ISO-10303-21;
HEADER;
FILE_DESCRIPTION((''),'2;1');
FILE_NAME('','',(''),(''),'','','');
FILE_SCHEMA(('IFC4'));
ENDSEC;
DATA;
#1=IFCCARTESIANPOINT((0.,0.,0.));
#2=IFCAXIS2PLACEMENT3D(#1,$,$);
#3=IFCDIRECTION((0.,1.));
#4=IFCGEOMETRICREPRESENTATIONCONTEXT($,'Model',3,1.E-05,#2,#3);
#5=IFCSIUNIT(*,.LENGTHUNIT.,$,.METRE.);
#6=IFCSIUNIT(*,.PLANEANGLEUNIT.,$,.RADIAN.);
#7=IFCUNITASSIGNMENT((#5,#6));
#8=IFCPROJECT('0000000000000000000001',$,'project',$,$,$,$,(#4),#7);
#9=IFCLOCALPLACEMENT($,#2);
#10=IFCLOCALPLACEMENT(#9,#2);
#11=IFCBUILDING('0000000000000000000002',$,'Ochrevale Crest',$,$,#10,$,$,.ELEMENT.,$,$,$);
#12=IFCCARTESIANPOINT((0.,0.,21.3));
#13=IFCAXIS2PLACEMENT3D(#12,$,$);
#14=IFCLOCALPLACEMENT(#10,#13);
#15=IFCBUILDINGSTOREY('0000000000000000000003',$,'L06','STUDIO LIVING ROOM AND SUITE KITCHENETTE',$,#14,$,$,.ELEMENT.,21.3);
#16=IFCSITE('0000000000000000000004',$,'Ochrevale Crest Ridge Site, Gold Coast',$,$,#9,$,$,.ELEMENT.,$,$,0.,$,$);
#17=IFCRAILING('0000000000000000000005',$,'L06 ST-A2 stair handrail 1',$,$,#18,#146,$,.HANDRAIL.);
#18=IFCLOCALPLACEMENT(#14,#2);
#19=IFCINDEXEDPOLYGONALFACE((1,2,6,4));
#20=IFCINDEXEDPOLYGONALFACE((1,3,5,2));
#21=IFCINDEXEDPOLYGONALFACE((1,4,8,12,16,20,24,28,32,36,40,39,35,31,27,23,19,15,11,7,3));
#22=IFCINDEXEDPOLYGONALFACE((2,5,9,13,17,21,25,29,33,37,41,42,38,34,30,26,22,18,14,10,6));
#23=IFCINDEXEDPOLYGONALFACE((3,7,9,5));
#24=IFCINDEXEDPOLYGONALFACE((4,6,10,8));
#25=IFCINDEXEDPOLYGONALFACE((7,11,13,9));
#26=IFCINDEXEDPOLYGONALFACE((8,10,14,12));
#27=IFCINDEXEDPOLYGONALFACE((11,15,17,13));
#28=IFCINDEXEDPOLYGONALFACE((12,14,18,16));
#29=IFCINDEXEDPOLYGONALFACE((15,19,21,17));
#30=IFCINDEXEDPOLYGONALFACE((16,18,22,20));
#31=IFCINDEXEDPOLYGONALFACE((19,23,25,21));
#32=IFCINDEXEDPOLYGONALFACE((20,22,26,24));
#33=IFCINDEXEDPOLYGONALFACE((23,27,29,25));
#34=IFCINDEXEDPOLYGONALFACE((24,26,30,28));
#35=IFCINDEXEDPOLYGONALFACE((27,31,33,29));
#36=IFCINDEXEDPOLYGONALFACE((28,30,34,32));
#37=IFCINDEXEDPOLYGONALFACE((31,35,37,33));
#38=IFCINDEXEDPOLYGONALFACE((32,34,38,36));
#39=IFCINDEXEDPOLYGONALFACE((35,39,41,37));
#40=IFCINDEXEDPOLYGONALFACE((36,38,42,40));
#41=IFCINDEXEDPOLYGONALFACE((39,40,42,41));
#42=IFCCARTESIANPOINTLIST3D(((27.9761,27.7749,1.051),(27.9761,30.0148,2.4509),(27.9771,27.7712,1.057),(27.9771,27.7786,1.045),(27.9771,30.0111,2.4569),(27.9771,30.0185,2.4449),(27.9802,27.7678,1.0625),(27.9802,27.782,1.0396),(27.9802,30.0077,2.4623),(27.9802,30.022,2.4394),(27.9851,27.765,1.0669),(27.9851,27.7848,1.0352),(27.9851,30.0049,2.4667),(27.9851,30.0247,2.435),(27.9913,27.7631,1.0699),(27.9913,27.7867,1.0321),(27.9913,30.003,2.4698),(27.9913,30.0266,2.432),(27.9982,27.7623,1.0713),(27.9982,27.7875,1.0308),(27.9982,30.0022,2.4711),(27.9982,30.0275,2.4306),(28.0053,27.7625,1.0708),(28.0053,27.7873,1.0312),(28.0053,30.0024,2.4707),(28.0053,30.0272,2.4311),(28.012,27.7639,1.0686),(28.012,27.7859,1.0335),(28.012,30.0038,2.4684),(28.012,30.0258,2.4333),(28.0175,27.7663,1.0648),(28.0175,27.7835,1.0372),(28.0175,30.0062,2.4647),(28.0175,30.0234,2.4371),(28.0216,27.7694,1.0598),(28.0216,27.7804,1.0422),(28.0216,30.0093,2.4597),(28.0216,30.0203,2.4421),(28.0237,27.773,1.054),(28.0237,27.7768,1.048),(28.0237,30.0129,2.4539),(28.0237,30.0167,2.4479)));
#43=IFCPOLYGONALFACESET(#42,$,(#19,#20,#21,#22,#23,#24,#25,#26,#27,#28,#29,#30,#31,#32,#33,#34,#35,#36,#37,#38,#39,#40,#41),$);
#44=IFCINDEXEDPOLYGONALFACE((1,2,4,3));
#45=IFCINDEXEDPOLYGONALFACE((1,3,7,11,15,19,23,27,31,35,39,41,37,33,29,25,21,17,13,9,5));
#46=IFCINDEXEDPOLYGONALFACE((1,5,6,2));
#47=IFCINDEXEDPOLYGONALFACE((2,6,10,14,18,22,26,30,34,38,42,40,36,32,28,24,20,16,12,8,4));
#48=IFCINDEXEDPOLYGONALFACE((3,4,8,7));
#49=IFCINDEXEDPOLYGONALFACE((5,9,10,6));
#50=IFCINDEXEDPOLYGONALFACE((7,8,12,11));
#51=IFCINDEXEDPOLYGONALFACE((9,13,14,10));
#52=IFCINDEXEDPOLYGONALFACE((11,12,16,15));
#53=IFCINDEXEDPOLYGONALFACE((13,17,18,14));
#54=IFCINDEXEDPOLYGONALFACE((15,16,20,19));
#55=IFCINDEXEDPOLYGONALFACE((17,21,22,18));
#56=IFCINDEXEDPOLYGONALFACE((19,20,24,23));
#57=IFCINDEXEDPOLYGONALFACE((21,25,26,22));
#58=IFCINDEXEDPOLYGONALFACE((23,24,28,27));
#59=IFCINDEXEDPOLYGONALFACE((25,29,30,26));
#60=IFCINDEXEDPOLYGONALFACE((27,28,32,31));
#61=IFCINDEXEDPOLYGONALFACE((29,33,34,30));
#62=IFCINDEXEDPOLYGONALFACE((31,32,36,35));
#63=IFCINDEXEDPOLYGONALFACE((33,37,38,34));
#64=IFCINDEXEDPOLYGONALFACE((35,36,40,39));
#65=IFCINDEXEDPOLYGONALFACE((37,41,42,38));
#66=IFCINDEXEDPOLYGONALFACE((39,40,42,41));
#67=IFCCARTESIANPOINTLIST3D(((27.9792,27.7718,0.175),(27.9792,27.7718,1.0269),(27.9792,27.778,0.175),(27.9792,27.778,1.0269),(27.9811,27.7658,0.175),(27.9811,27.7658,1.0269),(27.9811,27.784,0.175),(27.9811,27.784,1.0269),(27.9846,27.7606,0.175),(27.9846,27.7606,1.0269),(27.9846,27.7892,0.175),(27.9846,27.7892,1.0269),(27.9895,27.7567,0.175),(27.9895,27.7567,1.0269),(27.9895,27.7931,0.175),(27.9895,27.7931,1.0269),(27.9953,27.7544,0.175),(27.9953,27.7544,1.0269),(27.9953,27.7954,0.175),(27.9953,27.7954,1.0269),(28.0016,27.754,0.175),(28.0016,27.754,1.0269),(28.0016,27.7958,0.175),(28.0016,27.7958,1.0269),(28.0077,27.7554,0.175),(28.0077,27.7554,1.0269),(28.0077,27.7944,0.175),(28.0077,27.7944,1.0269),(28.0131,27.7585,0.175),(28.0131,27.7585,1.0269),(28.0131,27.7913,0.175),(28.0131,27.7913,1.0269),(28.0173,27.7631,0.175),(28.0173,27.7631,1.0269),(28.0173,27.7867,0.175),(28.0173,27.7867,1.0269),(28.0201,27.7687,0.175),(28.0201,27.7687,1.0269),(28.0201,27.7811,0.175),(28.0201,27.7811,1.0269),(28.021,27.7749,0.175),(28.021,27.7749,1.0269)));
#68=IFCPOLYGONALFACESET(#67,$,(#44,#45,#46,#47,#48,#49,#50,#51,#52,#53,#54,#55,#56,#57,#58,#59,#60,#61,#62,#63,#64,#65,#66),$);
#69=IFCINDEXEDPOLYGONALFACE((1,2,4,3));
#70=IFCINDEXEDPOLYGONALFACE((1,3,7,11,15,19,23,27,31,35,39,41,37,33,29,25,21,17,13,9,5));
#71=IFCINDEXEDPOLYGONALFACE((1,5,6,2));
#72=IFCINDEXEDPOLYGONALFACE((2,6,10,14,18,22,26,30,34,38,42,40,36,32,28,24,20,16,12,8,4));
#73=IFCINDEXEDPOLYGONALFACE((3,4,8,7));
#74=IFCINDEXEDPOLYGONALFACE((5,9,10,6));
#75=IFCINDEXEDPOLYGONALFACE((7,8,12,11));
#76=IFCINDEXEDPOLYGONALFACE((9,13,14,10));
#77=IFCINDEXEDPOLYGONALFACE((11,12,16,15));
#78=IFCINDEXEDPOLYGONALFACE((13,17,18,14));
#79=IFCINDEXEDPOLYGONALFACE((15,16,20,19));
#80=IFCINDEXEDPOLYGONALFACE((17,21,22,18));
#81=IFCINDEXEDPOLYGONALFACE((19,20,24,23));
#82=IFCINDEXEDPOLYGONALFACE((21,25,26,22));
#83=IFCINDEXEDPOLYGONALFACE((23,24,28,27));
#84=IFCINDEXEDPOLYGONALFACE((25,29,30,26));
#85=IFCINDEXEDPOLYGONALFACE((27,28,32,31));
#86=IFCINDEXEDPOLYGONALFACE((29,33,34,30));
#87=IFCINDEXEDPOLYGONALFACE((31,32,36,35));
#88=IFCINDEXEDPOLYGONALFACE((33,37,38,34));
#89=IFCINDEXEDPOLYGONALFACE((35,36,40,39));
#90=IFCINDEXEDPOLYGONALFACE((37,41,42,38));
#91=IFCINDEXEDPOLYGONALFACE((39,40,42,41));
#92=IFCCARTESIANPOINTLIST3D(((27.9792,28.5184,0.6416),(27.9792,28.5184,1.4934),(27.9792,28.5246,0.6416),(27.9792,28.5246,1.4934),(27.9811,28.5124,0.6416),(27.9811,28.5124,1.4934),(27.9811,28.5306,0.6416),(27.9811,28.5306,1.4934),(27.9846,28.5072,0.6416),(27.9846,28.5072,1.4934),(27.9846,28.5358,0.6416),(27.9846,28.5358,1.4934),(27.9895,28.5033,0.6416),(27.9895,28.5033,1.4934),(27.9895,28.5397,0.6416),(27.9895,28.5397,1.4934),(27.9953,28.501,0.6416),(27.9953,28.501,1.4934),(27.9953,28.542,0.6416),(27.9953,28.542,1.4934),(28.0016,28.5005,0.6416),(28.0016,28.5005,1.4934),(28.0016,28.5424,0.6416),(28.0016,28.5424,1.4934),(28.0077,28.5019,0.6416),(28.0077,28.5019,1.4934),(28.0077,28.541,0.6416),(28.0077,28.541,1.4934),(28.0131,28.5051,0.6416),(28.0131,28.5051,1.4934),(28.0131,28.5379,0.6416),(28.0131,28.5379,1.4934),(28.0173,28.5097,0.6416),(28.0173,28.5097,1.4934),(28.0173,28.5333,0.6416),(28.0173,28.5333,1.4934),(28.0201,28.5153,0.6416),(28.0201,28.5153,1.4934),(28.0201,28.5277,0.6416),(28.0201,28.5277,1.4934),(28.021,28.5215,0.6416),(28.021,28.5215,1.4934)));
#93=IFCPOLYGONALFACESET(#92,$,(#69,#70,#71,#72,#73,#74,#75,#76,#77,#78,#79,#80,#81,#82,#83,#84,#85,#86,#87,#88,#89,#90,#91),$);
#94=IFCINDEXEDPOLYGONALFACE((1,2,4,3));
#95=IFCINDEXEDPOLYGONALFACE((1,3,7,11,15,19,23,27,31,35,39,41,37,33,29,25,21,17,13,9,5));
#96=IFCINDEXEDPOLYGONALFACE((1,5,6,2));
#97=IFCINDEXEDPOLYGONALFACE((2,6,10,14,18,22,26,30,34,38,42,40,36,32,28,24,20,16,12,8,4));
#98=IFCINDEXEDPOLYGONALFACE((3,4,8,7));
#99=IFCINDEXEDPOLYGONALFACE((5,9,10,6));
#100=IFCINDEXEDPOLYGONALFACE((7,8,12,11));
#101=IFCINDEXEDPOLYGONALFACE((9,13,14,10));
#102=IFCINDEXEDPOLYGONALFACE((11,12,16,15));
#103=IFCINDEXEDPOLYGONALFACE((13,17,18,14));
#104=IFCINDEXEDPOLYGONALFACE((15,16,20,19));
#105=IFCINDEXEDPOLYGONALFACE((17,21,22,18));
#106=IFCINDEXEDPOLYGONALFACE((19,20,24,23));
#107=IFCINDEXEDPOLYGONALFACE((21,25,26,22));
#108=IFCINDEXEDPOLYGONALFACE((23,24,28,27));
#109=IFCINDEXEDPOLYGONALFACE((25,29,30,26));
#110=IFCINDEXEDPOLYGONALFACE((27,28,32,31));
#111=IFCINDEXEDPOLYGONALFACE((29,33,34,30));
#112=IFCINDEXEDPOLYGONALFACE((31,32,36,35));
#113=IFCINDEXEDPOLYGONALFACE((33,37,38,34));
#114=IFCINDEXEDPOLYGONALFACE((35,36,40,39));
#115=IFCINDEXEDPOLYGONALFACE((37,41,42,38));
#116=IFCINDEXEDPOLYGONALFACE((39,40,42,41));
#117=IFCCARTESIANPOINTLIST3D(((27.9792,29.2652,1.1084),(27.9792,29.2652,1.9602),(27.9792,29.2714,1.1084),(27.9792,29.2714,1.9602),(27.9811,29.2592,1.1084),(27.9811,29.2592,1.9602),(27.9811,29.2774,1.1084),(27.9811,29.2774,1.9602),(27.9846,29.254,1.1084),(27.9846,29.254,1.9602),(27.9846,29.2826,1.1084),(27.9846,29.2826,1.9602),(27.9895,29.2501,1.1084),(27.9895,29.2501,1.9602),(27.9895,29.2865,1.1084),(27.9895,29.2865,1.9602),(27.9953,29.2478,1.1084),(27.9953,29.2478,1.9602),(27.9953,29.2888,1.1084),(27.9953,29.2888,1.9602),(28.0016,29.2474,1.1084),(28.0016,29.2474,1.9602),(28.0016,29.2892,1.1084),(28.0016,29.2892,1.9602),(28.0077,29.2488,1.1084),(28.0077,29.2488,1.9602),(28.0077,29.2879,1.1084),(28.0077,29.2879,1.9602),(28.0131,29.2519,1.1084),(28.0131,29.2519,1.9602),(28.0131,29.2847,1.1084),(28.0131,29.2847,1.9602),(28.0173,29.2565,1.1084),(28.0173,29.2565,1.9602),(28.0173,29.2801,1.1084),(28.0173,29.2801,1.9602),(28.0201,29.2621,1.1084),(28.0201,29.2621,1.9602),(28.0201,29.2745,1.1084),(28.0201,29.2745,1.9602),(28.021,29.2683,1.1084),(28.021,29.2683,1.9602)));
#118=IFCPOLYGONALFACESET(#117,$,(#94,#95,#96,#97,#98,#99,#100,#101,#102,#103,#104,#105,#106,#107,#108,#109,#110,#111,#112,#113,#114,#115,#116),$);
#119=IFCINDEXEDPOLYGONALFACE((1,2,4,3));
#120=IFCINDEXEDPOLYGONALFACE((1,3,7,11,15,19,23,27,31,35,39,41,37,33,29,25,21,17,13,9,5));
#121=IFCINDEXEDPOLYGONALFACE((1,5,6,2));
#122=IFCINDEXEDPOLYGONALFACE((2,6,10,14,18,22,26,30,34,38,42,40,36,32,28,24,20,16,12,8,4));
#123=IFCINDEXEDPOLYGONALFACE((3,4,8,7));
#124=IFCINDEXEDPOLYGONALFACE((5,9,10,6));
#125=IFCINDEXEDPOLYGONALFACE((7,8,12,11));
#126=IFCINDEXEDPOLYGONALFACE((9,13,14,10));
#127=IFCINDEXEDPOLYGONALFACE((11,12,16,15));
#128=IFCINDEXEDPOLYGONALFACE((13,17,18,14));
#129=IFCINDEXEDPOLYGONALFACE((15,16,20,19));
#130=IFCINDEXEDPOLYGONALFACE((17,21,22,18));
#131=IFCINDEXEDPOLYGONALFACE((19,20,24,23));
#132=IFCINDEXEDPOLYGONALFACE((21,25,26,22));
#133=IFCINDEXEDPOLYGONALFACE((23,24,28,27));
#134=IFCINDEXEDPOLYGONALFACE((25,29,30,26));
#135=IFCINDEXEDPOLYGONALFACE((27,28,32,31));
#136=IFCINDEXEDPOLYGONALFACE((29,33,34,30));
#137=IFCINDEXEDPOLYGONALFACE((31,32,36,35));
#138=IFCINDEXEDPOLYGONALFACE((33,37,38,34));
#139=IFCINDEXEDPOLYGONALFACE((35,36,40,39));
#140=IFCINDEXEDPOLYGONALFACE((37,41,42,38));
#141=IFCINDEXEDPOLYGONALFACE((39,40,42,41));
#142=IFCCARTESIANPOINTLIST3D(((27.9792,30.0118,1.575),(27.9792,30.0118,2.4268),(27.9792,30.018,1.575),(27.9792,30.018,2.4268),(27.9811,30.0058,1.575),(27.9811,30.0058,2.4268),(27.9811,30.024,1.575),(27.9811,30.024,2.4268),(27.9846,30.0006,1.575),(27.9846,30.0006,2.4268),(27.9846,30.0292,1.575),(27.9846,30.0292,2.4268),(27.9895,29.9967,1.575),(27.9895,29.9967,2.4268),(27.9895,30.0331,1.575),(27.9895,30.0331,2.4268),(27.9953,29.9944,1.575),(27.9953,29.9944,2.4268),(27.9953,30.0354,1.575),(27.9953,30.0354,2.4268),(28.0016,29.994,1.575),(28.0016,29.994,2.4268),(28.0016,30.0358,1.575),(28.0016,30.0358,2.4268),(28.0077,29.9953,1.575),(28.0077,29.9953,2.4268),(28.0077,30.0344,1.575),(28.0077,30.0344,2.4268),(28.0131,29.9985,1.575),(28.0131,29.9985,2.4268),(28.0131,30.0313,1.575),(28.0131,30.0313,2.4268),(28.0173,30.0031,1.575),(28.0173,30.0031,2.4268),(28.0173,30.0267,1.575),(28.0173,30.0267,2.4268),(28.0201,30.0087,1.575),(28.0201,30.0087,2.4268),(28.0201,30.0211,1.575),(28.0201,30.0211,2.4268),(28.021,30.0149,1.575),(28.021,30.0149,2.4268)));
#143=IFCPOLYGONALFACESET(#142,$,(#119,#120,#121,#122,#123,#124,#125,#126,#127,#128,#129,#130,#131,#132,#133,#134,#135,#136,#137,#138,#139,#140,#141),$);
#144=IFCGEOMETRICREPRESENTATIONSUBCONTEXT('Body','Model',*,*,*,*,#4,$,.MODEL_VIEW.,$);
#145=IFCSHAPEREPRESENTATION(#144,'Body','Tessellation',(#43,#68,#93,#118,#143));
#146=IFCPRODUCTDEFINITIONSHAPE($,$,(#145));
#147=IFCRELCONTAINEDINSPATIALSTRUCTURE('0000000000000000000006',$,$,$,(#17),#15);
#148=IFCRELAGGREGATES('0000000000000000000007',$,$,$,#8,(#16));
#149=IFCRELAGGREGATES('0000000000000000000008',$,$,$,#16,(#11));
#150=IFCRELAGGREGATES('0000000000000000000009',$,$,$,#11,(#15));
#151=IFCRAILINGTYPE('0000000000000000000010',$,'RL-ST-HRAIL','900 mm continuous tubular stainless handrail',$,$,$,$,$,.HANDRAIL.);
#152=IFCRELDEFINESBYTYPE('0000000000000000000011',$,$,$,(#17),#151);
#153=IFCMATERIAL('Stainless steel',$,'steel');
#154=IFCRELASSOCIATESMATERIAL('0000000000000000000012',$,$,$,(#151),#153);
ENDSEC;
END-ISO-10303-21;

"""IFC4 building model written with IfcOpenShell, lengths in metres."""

from ifc_helpers import new_model, si_unit, direction, frame, origin, origin_2d, place, context, subcontext, project, spatial, circle, extrude, material, type_object, element, save


model = new_model("IFC4")

# Units and contexts
model_context = context("Model", 3, precision=1e-05, world=origin(), true_north=direction((0.0, 1.0)))
body_context = subcontext(model_context, "Body", "Model", "MODEL_VIEW")
ifc_project = project(units=[si_unit("LENGTHUNIT", "METRE"), si_unit("PLANEANGLEUNIT", "RADIAN")], contexts=[model_context])

# Site, building, storey
site_placement = place(None, origin())
site = spatial("IfcSite", under=ifc_project, at=site_placement, Name="Ochrevale Crest Ridge Site, Gold Coast", CompositionType="ELEMENT", RefElevation=0.0)
building_placement = place(site_placement, origin())
building = spatial("IfcBuilding", under=site, at=building_placement, Name="Ochrevale Crest", CompositionType="ELEMENT")
storey_placement = place(building_placement, frame((0.0, 0.0, 21.3)))
storey = spatial("IfcBuildingStorey", under=building, at=storey_placement, Name="L06", Description="STUDIO LIVING ROOM AND SUITE KITCHENETTE", CompositionType="ELEMENT", Elevation=21.3)

# Railing
ifc_material_1 = material(Name="Stainless steel", Category="steel")
railing_type_1 = type_object("IfcRailingType", Name="RL-ST-HRAIL", Description="900 mm continuous tubular stainless handrail", PredefinedType="HANDRAIL", material=ifc_material_1)
railing_1_placement = place(storey_placement, frame((28.0, 27.7749, 0.175)))
element("IfcRailing", 1, at=railing_1_placement, inside=storey, type_object=railing_type_1, Name="L06 ST-A2 stair handrail 1", PredefinedType="HANDRAIL", context=body_context, shape_type="SweptSolid", body=[
    extrude(circle(Radius=0.0239, at=origin_2d()), frame((0.0, 0.0, 0.876), z_axis=(0.0, 0.848014, 0.529974), x_axis=(-1.0, 0.0, 0.0)), (0.0, 0.0, 1.0), 2.6414),
    extrude(circle(Radius=0.021, at=origin_2d()), origin(), (0.0, 0.0, 1.0), 0.8518),
    extrude(circle(Radius=0.021, at=origin_2d()), frame((0.0, 0.7466, 0.4666)), (0.0, 0.0, 1.0), 0.8518),
    extrude(circle(Radius=0.021, at=origin_2d()), frame((0.0, 1.4934, 0.9333)), (0.0, 0.0, 1.0), 0.8518),
    extrude(circle(Radius=0.021, at=origin_2d()), frame((0.0, 2.24, 1.3999)), (0.0, 0.0, 1.0), 0.8518),
])

save(model, "model.ifc")
